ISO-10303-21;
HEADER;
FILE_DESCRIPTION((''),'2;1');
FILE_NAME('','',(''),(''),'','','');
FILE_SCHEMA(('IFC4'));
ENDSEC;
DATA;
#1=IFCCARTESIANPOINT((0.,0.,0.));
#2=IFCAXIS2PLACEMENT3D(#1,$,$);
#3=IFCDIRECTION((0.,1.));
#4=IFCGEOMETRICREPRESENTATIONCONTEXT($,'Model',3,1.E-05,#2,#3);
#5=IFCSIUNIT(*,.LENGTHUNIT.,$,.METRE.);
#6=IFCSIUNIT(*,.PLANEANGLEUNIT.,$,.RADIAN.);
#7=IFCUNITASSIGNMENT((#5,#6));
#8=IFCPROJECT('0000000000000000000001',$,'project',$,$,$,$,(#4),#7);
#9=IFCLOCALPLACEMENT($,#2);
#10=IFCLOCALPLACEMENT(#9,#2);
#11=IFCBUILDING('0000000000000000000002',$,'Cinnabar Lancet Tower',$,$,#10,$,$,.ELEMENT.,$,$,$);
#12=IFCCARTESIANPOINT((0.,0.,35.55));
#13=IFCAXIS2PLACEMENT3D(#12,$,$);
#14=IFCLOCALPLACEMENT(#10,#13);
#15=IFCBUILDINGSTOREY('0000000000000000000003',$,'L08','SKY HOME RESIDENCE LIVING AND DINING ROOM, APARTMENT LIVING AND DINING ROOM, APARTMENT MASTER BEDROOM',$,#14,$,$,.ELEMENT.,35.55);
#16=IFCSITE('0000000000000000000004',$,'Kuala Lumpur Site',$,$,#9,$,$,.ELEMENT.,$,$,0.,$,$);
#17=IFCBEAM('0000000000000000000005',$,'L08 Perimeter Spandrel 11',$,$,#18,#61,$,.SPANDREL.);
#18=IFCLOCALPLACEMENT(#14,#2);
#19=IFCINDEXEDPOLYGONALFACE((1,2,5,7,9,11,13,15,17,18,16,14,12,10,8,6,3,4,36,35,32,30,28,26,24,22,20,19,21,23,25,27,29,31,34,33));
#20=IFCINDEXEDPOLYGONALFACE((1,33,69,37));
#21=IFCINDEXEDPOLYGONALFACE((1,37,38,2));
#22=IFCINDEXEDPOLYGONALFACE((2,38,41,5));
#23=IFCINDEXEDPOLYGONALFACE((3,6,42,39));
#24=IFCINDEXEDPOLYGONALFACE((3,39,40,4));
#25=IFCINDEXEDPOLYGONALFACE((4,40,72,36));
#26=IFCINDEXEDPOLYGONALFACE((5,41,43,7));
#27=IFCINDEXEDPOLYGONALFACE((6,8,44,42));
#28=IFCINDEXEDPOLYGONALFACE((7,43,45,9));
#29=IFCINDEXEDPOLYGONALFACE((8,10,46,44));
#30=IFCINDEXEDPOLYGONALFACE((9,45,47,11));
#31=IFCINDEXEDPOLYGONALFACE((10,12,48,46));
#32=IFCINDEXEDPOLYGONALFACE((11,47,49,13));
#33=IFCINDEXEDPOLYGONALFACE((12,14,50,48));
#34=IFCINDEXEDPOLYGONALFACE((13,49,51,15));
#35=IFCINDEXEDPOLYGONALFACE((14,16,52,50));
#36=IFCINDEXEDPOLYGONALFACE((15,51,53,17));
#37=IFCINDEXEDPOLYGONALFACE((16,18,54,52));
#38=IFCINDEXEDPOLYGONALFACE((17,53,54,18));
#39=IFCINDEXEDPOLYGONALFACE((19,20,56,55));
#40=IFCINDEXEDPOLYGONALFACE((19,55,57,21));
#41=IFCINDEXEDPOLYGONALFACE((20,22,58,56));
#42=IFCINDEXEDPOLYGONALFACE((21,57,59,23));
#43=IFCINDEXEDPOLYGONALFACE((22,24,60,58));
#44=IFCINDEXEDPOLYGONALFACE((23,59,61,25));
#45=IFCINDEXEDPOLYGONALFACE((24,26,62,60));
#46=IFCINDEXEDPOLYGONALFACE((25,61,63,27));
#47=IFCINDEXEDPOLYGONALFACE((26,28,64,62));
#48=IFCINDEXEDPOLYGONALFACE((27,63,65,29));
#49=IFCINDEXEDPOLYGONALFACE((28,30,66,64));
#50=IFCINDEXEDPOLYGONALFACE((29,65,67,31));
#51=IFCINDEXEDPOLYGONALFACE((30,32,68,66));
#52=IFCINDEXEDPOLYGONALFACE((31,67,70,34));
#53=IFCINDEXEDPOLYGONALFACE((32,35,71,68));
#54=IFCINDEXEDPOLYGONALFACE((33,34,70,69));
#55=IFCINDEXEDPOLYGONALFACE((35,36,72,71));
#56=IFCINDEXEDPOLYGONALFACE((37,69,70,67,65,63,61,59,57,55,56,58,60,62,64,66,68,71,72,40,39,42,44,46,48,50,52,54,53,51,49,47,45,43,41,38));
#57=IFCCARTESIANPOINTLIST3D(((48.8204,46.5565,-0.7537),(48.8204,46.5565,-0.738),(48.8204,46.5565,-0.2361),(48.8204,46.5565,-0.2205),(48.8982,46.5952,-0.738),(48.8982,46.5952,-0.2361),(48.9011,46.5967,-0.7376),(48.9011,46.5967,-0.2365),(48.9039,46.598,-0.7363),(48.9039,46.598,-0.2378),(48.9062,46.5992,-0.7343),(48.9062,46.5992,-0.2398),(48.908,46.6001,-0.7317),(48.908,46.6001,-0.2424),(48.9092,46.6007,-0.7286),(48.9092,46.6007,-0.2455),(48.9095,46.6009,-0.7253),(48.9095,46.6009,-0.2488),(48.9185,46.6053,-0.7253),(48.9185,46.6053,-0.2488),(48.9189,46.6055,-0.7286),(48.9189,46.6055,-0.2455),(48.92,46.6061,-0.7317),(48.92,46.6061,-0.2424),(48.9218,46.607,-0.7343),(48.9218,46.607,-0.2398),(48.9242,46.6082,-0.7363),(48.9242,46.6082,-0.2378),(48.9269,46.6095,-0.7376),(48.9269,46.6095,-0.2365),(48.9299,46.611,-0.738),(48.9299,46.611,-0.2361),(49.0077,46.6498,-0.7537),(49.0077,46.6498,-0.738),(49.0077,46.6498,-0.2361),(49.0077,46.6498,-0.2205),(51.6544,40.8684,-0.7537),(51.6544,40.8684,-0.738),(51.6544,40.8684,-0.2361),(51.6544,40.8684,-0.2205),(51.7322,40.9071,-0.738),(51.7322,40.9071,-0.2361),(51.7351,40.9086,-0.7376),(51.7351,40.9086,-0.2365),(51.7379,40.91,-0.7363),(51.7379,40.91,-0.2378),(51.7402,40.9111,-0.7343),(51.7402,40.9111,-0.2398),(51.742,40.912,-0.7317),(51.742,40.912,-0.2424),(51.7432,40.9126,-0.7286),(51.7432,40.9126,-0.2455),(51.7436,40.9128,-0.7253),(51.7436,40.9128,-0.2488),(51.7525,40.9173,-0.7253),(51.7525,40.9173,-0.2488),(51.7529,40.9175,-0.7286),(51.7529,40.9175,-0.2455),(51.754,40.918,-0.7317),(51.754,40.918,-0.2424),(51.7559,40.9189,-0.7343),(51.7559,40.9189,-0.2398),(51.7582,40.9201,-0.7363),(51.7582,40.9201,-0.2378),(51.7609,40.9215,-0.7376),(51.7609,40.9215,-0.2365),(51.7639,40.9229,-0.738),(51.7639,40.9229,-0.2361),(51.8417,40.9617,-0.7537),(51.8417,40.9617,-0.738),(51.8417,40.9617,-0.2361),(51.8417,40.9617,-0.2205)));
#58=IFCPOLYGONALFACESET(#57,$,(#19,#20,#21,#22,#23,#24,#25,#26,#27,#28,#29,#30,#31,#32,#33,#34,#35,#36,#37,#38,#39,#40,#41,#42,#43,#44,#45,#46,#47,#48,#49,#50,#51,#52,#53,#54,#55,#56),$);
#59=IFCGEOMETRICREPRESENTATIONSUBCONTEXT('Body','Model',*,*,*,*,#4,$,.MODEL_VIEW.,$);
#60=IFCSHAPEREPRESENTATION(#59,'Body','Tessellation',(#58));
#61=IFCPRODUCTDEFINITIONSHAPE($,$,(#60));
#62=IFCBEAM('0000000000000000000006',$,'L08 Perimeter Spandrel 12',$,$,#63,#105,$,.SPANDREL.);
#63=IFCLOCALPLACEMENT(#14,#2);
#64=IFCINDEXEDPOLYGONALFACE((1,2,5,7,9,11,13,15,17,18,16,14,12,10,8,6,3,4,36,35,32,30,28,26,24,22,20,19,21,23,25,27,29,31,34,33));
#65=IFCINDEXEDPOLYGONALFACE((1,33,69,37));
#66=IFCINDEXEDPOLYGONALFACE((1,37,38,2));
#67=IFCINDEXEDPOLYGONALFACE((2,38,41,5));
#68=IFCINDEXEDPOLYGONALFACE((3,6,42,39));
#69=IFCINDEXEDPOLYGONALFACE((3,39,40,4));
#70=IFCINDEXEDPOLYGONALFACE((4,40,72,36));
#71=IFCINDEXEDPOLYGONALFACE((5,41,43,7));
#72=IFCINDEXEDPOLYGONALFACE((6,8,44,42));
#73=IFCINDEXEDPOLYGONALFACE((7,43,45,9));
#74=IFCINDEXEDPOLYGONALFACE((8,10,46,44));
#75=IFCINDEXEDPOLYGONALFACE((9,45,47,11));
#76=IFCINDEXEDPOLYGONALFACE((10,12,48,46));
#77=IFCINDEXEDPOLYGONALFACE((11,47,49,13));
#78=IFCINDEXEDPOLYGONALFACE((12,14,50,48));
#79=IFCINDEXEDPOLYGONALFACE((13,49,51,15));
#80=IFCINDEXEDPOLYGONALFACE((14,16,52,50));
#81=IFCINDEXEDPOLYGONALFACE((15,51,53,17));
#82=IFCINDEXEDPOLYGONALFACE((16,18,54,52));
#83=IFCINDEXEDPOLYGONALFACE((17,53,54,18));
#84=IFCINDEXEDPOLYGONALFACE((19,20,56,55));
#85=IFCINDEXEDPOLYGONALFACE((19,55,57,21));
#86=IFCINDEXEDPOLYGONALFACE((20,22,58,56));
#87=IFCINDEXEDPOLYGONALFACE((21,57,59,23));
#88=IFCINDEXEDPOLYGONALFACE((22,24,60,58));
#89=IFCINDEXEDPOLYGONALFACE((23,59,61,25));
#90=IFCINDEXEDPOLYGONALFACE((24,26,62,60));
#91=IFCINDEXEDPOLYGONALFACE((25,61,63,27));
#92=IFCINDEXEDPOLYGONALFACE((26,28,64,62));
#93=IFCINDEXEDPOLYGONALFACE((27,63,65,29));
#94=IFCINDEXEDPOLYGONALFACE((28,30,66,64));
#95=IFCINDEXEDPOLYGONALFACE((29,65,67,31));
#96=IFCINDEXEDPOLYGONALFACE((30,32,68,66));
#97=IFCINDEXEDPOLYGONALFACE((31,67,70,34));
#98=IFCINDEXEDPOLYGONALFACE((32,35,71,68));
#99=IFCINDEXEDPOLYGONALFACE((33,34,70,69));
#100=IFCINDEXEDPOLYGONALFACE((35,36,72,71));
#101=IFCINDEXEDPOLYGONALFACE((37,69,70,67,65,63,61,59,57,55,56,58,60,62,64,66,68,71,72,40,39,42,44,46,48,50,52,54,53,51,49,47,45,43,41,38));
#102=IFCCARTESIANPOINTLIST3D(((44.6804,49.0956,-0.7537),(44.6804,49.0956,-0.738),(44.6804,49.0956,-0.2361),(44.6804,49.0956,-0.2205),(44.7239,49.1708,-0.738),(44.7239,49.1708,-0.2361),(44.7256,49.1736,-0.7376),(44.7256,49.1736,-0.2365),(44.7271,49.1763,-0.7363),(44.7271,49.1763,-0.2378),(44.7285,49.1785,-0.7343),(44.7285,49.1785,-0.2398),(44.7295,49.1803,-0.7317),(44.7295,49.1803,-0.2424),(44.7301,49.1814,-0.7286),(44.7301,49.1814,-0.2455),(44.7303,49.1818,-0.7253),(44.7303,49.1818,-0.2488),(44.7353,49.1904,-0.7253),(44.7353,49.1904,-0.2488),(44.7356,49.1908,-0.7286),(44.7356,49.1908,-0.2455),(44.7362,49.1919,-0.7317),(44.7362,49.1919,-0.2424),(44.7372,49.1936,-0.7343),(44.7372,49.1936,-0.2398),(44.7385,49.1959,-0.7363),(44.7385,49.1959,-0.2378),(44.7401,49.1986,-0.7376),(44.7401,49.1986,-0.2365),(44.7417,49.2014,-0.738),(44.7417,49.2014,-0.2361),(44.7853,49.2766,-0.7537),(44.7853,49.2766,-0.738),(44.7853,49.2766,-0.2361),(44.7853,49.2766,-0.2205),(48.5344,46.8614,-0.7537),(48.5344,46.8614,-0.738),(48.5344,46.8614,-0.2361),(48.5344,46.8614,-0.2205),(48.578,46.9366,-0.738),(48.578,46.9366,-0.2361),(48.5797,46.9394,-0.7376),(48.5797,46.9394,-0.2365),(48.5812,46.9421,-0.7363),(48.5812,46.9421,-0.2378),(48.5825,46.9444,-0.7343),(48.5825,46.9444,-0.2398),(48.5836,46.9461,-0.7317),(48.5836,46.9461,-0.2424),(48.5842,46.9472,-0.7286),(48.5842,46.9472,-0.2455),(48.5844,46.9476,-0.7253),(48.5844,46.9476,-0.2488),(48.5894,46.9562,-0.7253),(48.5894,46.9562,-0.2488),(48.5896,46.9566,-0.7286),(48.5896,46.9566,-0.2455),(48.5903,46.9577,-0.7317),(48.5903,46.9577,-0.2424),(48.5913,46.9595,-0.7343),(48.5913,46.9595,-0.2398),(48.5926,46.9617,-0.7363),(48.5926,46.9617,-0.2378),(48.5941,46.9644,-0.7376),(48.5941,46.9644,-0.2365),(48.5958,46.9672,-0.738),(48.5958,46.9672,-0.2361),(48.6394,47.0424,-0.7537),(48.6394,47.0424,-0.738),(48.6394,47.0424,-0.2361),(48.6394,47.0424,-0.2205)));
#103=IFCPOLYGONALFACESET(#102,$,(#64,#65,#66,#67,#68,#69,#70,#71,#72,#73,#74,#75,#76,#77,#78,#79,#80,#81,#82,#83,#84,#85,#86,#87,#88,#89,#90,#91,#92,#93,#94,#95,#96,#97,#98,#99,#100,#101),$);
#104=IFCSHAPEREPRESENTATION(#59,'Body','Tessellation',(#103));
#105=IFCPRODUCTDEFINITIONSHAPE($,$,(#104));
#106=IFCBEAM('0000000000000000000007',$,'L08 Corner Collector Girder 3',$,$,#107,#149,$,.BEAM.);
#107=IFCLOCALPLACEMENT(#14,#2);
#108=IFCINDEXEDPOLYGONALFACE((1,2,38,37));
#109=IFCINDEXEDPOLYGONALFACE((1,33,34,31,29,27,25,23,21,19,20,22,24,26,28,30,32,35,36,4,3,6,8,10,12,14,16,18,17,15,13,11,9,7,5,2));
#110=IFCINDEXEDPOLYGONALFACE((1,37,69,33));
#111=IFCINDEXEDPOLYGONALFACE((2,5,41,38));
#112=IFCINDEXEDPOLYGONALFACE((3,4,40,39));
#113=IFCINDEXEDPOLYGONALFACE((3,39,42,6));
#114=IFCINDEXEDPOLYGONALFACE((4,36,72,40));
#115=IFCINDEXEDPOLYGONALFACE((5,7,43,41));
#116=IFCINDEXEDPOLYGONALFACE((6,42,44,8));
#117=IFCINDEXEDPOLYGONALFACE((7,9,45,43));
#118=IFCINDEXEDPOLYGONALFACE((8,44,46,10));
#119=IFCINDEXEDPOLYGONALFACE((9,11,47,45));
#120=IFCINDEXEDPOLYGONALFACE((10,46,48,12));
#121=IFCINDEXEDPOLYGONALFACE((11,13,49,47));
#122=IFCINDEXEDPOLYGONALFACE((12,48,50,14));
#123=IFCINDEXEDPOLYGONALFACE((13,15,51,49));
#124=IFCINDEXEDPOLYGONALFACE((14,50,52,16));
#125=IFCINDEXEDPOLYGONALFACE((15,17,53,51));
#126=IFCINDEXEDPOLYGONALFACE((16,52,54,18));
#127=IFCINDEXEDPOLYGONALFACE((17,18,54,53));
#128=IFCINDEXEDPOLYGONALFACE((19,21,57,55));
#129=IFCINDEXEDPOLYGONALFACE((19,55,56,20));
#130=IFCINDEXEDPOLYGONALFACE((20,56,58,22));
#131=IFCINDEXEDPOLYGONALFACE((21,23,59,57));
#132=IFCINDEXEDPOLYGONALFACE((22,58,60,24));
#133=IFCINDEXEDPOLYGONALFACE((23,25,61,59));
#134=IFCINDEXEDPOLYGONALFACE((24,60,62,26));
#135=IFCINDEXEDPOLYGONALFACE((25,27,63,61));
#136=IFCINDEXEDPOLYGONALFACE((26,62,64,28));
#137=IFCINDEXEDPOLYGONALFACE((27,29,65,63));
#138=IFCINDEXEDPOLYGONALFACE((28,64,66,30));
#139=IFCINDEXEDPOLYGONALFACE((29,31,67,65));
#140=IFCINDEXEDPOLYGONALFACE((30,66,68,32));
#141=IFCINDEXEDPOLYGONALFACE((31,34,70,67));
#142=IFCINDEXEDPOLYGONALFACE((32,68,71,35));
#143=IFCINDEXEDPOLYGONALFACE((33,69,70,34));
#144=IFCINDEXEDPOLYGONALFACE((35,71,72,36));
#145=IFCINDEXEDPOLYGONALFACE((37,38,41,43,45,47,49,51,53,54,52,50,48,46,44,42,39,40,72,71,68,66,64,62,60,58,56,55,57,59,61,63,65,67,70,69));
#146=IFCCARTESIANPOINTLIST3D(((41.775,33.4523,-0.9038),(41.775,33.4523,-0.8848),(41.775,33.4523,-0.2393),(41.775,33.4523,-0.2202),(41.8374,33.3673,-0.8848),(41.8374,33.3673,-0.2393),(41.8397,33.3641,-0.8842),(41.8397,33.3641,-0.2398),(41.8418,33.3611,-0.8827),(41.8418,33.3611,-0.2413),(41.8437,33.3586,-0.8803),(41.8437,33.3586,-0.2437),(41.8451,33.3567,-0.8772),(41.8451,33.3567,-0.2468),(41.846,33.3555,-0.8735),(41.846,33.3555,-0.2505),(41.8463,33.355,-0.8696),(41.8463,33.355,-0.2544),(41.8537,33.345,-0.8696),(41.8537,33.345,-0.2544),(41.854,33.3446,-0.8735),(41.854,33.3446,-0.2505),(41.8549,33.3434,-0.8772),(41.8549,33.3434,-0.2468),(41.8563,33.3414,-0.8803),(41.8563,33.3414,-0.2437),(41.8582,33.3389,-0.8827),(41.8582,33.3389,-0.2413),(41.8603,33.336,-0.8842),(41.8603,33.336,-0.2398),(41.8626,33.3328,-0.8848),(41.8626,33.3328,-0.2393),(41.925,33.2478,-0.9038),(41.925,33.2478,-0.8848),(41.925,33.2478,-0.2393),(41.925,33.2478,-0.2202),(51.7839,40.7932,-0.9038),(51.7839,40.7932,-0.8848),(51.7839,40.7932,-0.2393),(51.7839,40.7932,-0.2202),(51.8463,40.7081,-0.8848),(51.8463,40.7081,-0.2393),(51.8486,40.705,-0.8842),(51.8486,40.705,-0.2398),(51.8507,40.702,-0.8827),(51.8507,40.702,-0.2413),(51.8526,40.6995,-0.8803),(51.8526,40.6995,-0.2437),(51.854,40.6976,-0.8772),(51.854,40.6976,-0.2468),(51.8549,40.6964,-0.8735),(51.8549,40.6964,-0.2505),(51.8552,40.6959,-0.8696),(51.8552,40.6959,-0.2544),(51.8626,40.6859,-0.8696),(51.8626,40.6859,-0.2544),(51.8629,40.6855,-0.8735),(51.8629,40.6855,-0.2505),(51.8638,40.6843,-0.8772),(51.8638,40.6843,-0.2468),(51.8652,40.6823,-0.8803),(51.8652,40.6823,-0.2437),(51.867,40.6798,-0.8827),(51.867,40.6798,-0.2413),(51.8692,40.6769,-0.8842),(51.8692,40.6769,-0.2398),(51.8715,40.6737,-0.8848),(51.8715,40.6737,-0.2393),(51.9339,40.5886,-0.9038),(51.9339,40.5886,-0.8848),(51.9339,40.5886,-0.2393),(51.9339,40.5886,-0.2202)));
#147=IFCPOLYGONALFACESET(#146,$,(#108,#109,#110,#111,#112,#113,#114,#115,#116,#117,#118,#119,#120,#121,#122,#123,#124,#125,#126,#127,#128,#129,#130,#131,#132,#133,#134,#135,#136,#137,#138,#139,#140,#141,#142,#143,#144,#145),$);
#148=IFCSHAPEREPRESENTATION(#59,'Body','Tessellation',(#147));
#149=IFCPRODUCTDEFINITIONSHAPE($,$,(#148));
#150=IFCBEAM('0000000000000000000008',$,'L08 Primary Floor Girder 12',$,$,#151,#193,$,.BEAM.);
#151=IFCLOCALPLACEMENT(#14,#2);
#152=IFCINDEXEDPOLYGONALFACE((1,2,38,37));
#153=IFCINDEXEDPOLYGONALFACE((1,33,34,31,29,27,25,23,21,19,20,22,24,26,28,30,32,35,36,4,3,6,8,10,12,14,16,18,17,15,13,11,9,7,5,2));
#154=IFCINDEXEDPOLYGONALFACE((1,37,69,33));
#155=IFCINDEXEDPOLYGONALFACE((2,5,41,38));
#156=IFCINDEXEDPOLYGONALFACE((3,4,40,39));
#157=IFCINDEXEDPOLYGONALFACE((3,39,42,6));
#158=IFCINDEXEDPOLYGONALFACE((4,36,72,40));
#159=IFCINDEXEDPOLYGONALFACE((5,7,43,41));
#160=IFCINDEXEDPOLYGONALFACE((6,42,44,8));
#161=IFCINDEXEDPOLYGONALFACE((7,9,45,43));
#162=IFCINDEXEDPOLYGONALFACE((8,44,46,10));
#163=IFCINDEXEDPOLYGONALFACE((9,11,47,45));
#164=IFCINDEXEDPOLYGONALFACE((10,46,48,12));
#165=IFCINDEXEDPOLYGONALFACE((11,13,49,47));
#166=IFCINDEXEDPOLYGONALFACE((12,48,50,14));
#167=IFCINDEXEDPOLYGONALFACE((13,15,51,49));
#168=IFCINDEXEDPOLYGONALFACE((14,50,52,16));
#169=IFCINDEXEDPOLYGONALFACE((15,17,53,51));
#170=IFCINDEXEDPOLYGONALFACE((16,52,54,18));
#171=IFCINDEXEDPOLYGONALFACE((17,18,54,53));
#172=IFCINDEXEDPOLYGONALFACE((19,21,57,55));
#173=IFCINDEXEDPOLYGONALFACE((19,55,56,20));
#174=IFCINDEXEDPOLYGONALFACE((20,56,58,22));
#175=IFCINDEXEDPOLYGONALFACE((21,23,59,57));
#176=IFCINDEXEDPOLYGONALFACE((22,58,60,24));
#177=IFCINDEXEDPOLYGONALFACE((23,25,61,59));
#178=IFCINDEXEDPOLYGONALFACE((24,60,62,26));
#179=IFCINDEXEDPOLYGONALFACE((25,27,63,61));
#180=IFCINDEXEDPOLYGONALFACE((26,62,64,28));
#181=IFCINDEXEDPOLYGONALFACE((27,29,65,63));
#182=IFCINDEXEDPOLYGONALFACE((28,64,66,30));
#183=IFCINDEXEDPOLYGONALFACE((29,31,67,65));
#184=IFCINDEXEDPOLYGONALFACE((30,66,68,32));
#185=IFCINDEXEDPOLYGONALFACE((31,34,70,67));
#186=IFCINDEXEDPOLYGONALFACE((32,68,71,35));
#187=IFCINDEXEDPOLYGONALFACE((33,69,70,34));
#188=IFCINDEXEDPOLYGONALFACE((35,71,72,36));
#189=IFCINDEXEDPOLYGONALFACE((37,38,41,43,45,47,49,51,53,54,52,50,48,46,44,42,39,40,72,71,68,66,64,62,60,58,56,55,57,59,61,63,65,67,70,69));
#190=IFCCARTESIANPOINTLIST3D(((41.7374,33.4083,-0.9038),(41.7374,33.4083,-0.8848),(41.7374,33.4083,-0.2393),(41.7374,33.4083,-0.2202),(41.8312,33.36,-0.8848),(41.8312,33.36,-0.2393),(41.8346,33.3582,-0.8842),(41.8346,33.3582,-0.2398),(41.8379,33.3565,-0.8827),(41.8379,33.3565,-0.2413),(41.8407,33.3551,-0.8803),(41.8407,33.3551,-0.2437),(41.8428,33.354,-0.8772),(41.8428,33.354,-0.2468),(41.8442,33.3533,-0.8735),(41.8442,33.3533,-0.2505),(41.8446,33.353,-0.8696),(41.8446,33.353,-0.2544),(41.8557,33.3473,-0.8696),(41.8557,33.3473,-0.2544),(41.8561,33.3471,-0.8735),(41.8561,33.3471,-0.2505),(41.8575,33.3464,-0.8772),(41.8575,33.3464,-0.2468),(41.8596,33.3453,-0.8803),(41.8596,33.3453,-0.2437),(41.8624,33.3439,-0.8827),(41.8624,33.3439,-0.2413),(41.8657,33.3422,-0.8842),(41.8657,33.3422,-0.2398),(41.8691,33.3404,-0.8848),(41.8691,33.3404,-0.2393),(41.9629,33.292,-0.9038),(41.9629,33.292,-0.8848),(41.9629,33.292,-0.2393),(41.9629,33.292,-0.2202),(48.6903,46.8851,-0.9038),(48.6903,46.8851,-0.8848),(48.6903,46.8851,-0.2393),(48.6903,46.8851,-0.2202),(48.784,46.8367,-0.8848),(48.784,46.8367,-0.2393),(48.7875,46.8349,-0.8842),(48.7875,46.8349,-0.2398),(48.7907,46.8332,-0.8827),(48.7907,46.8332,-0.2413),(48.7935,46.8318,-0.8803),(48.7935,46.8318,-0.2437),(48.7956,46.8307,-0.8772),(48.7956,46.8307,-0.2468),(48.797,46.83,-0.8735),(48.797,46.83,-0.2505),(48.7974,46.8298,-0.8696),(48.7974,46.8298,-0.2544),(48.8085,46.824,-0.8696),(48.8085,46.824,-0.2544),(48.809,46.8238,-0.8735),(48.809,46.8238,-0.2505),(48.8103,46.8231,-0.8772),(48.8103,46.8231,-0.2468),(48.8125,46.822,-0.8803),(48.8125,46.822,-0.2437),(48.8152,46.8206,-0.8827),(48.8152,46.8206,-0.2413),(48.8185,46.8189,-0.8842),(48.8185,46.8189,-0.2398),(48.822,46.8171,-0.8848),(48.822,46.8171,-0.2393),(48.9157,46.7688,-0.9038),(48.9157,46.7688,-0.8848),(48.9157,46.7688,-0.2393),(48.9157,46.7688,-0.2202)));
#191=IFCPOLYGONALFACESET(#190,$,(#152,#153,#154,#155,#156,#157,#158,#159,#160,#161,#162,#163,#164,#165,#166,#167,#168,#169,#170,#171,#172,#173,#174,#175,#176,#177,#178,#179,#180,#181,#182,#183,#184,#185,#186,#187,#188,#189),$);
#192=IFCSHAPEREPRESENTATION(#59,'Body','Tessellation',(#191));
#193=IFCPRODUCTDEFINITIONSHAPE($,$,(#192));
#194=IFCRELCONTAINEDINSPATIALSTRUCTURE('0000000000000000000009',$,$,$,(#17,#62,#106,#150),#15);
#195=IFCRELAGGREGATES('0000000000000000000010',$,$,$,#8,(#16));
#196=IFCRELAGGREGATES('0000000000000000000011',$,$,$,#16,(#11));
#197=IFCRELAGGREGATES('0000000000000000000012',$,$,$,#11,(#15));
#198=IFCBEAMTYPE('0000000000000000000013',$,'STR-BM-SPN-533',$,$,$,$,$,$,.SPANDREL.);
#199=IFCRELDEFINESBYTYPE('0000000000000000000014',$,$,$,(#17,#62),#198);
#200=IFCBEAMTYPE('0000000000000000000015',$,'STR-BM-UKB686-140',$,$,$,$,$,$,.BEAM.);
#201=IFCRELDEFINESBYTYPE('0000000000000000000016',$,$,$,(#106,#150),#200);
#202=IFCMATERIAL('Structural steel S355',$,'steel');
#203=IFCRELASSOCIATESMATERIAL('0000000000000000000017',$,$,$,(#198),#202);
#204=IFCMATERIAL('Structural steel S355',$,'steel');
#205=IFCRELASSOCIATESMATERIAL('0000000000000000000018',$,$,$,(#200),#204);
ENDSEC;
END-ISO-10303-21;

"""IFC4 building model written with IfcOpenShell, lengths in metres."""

from ifc_helpers import new_model, si_unit, direction, frame, origin, origin_2d, place, context, subcontext, project, spatial, i_section, extrude, material, material_profile, profile_set, type_object, element, save


model = new_model("IFC4")

# Units and contexts
model_context = context("Model", 3, precision=1e-05, world=origin(), true_north=direction((0.0, 1.0)))
body_context = subcontext(model_context, "Body", "Model", "MODEL_VIEW")
ifc_project = project(units=[si_unit("LENGTHUNIT", "METRE"), si_unit("PLANEANGLEUNIT", "RADIAN")], contexts=[model_context])

# Site, building, storey
site_placement = place(None, origin())
site = spatial("IfcSite", under=ifc_project, at=site_placement, Name="Kuala Lumpur Site", CompositionType="ELEMENT", RefElevation=0.0)
building_placement = place(site_placement, origin())
building = spatial("IfcBuilding", under=site, at=building_placement, Name="Cinnabar Lancet Tower", CompositionType="ELEMENT")
storey_placement = place(building_placement, frame((0.0, 0.0, 35.55)))
storey = spatial("IfcBuildingStorey", under=building, at=storey_placement, Name="L08", Description="SKY HOME RESIDENCE LIVING AND DINING ROOM, APARTMENT LIVING AND DINING ROOM, APARTMENT MASTER BEDROOM", CompositionType="ELEMENT", Elevation=35.55)

# Beams
ifc_material_1 = material(Name="Structural steel S355", Category="steel")
ifc_material_profile_1 = material_profile(ifc_material_1, i_section(OverallWidth=0.2092, OverallDepth=0.5332, WebThickness=0.01, FlangeThickness=0.0156, FilletRadius=0.0127, at=origin_2d()), Name="UKB 533x210x92")
ifc_profile_set_1 = profile_set([ifc_material_profile_1], Name="Structural steel S355")
beam_type_1 = type_object("IfcBeamType", Name="STR-BM-SPN-533", PredefinedType="SPANDREL", material=ifc_profile_set_1)
beam_1_placement = place(storey_placement, frame((51.748, 40.915, -0.4871), z_axis=(-0.445953, 0.895056, 0.0), x_axis=(-0.895056, -0.445953, 0.0)))
element("IfcBeam", 1, at=beam_1_placement, inside=storey, type_object=beam_type_1, Name="L08 Perimeter Spandrel 11", PredefinedType="SPANDREL", context=body_context, shape_type="SweptSolid", body=[
    extrude(i_section(OverallWidth=0.2092, OverallDepth=0.5332, WebThickness=0.01, FlangeThickness=0.0156, FilletRadius=0.0127, at=origin_2d()), origin(), (0.0, 0.0, 1.0), 6.355),
])
beam_2_placement = place(storey_placement, frame((48.5869, 46.9519, -0.4871), z_axis=(-0.865147, 0.501518, 0.0), x_axis=(-0.501518, -0.865147, 0.0)))
element("IfcBeam", 2, at=beam_2_placement, inside=storey, type_object=beam_type_1, Name="L08 Perimeter Spandrel 12", PredefinedType="SPANDREL", context=body_context, shape_type="SweptSolid", body=[
    extrude(i_section(OverallWidth=0.2092, OverallDepth=0.5332, WebThickness=0.01, FlangeThickness=0.0156, FilletRadius=0.0127, at=origin_2d()), origin(), (0.0, 0.0, 1.0), 4.4548),
])
ifc_material_2 = material(Name="Structural steel S355", Category="steel")
ifc_material_profile_2 = material_profile(ifc_material_2, i_section(OverallWidth=0.2537, OverallDepth=0.6836, WebThickness=0.0125, FlangeThickness=0.019, FilletRadius=0.0151, at=origin_2d()), Name="UKB 686x254x140")
ifc_profile_set_2 = profile_set([ifc_material_profile_2], Name="Structural steel S355")
beam_type_2 = type_object("IfcBeamType", Name="STR-BM-UKB686-140", PredefinedType="BEAM", material=ifc_profile_set_2)
beam_3_placement = place(storey_placement, frame((51.8589, 40.6909, -0.562), z_axis=(-0.806365, -0.591418, 0.0), x_axis=(0.591418, -0.806365, 0.0)))
element("IfcBeam", 3, at=beam_3_placement, inside=storey, type_object=beam_type_2, Name="L08 Corner Collector Girder 3", PredefinedType="BEAM", context=body_context, shape_type="SweptSolid", body=[
    extrude(i_section(OverallWidth=0.2537, OverallDepth=0.6836, WebThickness=0.0125, FlangeThickness=0.019, FilletRadius=0.0151, at=origin_2d()), origin(), (0.0, 0.0, 1.0), 12.4124),
])
beam_4_placement = place(storey_placement, frame((48.803, 46.8269, -0.562), z_axis=(-0.458492, -0.888698, 0.0), x_axis=(0.888698, -0.458492, 0.0)))
element("IfcBeam", 4, at=beam_4_placement, inside=storey, type_object=beam_type_2, Name="L08 Primary Floor Girder 12", PredefinedType="BEAM", context=body_context, shape_type="SweptSolid", body=[
    extrude(i_section(OverallWidth=0.2537, OverallDepth=0.6836, WebThickness=0.0125, FlangeThickness=0.019, FilletRadius=0.0151, at=origin_2d()), origin(), (0.0, 0.0, 1.0), 15.1646),
])

save(model, "model.ifc")
